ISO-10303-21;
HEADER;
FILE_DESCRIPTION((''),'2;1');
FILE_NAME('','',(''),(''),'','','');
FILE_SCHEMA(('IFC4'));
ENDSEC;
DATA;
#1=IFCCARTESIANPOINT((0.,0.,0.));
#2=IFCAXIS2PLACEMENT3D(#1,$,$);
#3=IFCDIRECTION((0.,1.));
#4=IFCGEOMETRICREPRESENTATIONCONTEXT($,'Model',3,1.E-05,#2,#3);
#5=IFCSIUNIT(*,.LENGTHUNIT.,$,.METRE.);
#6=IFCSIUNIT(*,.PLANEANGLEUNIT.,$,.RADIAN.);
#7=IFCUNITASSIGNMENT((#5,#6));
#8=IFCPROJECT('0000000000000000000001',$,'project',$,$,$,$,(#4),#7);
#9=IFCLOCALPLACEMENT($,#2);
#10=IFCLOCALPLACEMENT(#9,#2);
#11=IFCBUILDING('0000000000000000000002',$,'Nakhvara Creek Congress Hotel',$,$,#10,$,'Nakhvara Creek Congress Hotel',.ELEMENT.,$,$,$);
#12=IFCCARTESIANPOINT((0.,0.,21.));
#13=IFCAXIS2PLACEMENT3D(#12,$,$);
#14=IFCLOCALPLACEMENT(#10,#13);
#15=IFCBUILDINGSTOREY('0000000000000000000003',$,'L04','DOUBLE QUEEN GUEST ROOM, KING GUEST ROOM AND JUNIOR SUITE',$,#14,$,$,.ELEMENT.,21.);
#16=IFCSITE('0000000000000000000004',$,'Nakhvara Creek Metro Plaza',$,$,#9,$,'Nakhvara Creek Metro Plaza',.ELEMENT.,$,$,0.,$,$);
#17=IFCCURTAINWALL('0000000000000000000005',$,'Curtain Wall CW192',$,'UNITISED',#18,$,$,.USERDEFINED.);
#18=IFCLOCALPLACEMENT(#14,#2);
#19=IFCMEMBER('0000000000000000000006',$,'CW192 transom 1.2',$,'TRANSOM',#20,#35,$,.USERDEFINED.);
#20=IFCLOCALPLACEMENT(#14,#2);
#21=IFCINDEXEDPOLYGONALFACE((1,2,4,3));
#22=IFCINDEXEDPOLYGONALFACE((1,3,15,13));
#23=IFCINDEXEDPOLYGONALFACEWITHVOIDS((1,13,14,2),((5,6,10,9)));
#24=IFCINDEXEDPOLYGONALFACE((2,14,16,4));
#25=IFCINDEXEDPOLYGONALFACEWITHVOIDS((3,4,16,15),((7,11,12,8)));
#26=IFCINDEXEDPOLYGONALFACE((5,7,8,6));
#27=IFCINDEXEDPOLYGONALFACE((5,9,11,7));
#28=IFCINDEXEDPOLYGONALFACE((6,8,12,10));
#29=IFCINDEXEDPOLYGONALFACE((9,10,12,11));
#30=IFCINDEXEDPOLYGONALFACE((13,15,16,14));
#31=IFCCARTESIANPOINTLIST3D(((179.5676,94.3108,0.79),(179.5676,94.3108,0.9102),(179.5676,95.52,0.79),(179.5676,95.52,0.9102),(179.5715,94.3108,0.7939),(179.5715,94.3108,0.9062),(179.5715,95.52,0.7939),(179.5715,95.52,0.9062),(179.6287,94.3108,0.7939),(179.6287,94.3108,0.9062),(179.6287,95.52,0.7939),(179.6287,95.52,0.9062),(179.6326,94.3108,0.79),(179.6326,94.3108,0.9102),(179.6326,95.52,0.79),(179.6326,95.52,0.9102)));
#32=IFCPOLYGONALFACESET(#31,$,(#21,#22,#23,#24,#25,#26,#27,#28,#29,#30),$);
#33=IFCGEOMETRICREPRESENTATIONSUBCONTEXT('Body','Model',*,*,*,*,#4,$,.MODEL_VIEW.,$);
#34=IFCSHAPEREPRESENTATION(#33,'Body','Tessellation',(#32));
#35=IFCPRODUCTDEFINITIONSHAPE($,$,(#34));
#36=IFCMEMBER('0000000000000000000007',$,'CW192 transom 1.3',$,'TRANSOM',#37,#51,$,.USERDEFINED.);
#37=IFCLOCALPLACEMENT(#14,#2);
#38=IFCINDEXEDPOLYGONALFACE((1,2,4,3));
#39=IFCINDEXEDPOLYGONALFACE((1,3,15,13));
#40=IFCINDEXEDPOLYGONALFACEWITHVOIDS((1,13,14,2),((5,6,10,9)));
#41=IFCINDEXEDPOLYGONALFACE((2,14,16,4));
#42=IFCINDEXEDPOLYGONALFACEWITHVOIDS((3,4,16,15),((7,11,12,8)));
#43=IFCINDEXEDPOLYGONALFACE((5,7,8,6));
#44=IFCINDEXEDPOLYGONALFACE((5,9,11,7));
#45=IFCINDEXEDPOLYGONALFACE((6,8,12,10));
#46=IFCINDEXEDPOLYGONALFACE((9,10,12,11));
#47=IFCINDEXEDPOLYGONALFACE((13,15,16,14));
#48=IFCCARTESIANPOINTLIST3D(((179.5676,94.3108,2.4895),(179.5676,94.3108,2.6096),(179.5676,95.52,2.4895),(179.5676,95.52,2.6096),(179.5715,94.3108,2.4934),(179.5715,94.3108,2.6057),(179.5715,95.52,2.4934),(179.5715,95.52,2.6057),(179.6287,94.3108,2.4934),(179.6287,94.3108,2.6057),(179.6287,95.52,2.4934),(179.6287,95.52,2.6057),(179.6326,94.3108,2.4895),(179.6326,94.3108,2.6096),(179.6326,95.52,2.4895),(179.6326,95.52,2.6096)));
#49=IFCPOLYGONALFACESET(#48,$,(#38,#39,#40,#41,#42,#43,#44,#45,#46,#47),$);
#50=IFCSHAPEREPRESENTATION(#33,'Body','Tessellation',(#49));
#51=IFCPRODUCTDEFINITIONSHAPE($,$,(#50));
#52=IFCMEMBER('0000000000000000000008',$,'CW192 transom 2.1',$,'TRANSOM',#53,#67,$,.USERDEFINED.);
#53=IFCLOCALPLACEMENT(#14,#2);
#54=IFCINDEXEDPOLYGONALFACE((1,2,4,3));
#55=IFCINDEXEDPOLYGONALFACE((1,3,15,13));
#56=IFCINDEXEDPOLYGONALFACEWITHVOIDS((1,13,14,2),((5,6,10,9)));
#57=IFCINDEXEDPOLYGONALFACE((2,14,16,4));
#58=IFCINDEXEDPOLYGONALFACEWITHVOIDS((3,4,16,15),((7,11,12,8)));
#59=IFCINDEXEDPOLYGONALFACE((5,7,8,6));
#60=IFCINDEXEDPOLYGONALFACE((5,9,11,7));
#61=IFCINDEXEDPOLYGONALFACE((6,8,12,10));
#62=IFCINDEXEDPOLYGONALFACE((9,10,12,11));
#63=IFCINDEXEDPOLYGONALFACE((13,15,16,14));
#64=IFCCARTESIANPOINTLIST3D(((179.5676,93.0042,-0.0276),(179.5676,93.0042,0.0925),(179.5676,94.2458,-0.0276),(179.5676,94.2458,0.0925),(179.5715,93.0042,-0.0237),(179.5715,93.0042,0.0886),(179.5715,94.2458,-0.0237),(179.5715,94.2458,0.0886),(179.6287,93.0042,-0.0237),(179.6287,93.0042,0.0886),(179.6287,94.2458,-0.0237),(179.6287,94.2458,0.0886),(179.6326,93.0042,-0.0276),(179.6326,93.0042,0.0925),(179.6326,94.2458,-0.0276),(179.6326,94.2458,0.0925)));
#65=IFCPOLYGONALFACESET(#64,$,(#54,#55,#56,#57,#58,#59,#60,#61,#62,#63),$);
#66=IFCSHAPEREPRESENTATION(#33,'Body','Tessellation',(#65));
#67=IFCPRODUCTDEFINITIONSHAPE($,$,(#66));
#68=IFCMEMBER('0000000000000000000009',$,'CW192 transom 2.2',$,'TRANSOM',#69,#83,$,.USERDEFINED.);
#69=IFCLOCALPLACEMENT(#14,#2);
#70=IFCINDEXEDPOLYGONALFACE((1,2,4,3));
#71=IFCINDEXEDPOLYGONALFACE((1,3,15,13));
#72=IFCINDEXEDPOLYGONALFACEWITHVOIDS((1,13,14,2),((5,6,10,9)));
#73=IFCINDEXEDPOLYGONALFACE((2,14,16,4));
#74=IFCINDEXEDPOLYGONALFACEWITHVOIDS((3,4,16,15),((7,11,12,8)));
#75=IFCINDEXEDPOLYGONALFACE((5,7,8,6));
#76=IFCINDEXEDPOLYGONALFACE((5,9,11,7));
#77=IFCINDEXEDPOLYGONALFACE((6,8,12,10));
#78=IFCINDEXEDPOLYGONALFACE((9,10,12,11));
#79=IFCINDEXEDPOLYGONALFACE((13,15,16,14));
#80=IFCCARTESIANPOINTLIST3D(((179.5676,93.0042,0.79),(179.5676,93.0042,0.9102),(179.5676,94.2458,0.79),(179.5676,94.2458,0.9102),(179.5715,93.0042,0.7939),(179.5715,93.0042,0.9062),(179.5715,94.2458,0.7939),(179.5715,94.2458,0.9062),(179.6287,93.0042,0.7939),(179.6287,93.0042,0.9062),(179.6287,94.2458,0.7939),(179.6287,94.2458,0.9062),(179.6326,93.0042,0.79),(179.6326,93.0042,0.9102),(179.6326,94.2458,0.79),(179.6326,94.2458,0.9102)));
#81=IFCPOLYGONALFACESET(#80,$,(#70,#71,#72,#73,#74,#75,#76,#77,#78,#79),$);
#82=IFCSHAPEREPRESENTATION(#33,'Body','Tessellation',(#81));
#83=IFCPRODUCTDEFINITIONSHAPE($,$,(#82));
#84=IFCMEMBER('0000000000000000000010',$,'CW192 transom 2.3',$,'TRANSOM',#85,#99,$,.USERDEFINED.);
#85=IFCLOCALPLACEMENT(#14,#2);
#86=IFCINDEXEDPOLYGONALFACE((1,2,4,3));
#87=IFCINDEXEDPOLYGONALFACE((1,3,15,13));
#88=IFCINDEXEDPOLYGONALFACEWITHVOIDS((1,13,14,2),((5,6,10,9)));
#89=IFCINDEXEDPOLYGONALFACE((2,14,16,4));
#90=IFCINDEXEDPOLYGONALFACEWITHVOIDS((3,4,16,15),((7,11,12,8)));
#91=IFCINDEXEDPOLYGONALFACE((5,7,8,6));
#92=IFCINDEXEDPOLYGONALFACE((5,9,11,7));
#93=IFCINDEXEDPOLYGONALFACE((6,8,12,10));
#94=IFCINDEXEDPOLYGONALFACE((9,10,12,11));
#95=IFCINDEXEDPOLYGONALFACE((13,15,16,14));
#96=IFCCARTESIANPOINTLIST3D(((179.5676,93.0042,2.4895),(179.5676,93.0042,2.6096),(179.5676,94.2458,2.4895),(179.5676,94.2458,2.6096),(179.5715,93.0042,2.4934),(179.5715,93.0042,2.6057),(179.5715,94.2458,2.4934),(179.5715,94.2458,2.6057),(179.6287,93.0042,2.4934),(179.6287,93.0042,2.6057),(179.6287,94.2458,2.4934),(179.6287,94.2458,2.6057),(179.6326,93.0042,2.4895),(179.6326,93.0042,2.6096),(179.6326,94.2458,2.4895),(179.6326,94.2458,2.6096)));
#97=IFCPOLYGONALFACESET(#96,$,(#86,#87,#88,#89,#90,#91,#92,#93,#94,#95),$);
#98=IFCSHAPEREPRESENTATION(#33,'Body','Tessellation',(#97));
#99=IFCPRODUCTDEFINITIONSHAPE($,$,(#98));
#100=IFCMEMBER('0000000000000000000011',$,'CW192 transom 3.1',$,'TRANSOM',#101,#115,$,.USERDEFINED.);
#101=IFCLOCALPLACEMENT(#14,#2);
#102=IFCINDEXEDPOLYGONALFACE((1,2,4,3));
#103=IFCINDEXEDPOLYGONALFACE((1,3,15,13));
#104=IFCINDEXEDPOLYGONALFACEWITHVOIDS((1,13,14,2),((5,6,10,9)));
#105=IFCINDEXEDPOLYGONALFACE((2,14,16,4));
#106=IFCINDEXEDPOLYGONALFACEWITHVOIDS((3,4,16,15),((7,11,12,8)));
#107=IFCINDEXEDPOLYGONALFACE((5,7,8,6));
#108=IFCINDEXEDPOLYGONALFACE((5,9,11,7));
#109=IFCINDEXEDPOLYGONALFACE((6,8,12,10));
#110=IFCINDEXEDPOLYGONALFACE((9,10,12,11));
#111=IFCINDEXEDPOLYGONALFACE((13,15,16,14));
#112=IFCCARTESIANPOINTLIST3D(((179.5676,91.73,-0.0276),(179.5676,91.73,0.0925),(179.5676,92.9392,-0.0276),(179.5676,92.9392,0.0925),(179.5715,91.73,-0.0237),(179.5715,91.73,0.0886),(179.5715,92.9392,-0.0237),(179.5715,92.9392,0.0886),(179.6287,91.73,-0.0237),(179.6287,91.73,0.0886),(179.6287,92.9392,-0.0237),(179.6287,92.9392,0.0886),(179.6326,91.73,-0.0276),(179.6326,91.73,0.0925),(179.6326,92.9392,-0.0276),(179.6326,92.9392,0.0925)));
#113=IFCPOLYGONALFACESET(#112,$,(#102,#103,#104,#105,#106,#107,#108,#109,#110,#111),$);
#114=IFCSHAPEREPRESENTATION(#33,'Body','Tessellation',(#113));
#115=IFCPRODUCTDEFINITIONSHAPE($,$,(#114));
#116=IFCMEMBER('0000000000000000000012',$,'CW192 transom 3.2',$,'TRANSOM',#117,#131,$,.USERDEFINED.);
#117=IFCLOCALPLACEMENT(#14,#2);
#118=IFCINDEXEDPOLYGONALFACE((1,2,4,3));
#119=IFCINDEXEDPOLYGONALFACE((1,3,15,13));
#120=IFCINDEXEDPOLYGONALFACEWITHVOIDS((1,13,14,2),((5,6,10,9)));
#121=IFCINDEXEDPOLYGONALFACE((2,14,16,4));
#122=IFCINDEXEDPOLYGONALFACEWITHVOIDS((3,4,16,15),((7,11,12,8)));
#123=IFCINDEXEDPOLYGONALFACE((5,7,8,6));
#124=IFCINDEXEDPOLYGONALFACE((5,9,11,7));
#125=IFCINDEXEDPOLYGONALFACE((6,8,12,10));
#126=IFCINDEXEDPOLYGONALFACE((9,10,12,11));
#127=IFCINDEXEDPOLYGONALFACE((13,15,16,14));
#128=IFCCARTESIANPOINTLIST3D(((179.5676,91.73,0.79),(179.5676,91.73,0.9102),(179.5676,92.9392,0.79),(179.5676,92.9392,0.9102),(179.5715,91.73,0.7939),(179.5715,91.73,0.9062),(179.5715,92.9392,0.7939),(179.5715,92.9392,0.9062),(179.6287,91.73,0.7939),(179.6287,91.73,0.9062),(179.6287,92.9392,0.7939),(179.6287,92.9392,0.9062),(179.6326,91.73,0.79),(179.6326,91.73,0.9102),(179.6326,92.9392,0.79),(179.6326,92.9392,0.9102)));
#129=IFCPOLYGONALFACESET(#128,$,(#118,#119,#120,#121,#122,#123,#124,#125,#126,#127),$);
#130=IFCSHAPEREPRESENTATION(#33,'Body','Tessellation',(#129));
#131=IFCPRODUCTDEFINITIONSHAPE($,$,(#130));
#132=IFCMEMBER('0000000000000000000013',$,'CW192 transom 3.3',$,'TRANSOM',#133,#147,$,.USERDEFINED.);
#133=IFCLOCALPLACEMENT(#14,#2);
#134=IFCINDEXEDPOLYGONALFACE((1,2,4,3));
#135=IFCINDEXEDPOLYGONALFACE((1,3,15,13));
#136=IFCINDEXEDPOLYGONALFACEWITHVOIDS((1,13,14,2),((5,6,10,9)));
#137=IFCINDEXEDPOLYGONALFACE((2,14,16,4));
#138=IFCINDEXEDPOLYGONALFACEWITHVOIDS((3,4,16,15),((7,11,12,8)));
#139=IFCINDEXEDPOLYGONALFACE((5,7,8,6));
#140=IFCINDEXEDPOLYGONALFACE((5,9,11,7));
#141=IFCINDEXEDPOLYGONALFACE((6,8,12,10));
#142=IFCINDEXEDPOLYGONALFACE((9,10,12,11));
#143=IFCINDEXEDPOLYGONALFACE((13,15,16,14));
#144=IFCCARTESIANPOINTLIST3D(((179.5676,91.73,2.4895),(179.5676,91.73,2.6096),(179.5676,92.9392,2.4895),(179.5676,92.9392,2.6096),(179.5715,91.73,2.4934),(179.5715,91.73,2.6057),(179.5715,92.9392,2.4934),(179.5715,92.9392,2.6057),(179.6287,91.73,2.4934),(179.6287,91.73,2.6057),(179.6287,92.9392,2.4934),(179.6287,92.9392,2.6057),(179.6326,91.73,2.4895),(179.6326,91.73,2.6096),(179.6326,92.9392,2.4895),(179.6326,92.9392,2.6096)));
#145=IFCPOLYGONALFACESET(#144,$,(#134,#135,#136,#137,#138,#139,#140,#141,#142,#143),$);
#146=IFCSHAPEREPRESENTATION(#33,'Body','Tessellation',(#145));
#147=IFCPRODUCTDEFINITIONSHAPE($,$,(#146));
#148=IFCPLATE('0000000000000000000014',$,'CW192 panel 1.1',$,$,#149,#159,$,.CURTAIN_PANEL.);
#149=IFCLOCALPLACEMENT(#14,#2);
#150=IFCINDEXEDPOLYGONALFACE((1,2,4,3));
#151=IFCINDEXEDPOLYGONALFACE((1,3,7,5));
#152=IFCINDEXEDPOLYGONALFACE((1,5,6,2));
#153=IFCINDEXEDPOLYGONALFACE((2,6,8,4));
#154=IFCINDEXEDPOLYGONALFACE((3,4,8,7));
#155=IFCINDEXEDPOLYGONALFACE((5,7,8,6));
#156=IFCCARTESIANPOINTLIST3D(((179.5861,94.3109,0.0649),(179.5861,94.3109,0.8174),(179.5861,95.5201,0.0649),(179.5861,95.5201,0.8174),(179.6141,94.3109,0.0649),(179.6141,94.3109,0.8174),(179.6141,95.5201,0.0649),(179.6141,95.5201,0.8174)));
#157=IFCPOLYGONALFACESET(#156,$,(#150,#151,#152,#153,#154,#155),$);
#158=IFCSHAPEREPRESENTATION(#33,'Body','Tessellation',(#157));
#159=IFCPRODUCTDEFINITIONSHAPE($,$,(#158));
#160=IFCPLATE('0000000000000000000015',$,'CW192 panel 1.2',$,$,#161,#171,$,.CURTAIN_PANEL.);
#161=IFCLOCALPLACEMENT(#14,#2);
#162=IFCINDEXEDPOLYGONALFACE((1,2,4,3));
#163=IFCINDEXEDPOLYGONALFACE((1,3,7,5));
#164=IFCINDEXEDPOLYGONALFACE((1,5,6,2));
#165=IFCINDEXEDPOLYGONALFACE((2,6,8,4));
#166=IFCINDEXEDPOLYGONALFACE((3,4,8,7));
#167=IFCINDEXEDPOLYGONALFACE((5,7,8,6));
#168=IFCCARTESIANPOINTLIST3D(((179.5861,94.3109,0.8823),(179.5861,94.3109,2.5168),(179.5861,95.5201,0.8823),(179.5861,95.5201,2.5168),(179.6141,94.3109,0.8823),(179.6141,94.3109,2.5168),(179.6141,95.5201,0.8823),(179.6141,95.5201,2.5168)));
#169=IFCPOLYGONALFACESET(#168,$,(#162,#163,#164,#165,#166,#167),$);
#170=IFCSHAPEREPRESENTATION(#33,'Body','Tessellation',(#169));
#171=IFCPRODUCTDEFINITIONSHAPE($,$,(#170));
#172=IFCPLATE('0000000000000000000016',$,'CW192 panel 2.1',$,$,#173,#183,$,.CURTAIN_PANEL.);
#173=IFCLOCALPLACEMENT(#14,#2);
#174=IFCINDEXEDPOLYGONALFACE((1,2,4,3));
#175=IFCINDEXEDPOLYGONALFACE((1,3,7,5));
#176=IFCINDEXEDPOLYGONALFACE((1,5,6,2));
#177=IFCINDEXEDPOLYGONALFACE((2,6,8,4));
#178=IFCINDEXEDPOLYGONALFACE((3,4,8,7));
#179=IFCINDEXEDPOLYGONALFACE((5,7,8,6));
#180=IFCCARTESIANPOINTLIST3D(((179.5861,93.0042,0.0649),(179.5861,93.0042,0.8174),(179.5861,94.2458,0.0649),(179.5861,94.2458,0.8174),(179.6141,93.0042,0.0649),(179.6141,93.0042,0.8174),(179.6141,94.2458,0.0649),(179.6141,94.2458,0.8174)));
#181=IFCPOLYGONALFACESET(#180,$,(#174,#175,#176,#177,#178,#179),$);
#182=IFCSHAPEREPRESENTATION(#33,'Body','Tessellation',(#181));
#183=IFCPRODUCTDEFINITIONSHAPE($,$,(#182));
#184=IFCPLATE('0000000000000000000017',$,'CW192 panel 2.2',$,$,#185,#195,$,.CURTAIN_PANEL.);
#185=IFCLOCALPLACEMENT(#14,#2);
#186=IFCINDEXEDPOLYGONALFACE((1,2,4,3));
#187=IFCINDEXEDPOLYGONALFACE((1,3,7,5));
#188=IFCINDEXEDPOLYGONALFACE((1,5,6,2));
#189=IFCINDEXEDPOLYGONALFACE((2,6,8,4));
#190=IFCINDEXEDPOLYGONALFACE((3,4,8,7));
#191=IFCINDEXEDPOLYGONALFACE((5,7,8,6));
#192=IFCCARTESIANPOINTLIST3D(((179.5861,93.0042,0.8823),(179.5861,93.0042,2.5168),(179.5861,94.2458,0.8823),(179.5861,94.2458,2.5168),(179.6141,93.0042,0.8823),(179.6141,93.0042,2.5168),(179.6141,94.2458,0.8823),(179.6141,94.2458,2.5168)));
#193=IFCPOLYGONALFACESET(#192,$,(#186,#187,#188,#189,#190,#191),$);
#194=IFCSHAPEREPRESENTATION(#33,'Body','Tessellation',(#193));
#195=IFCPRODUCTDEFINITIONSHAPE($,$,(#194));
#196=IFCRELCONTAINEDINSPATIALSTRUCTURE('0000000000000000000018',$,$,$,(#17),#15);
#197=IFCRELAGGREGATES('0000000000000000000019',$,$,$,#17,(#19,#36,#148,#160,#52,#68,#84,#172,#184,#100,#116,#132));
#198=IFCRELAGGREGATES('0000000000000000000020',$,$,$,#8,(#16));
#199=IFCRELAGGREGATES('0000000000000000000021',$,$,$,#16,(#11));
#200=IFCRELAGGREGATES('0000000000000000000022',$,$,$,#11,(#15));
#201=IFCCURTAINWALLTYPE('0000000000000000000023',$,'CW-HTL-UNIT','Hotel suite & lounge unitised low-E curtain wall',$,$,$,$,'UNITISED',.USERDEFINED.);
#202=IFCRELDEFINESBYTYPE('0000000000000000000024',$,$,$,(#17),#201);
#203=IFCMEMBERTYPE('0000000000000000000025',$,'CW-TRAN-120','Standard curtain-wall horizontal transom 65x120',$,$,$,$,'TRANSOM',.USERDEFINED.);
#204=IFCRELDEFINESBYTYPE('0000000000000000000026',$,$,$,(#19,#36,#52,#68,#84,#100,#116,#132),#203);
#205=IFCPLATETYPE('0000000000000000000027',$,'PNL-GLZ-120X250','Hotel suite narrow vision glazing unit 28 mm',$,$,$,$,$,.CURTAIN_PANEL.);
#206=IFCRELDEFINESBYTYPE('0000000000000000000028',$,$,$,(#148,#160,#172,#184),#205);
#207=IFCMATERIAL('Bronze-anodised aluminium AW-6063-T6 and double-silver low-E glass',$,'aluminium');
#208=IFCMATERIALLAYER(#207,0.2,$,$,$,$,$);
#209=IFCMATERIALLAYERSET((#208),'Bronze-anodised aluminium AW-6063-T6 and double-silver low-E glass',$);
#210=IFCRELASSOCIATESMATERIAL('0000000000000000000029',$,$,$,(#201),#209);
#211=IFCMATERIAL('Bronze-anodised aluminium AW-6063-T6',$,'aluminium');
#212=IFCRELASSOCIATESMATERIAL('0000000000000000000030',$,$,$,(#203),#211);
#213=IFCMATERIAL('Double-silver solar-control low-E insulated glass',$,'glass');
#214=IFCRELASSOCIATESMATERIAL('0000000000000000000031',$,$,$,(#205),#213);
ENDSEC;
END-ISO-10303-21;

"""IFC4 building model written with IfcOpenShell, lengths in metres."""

from ifc_helpers import new_model, si_unit, direction, frame, origin, origin_2d, place, context, subcontext, project, spatial, rectangle, hollow_rectangle, extrude, material, layer, layer_set, material_profile, profile_set, type_object, element, aggregate, save


model = new_model("IFC4")

# Units and contexts
model_context = context("Model", 3, precision=1e-05, world=origin(), true_north=direction((0.0, 1.0)))
body_context = subcontext(model_context, "Body", "Model", "MODEL_VIEW")
ifc_project = project(units=[si_unit("LENGTHUNIT", "METRE"), si_unit("PLANEANGLEUNIT", "RADIAN")], contexts=[model_context])

# Site, building, storey
site_placement = place(None, origin())
site = spatial("IfcSite", under=ifc_project, at=site_placement, Name="Nakhvara Creek Metro Plaza", LongName="Nakhvara Creek Metro Plaza", CompositionType="ELEMENT", RefElevation=0.0)
building_placement = place(site_placement, origin())
building = spatial("IfcBuilding", under=site, at=building_placement, Name="Nakhvara Creek Congress Hotel", LongName="Nakhvara Creek Congress Hotel", CompositionType="ELEMENT")
storey_placement = place(building_placement, frame((0.0, 0.0, 21.0)))
storey = spatial("IfcBuildingStorey", under=building, at=storey_placement, Name="L04", Description="DOUBLE QUEEN GUEST ROOM, KING GUEST ROOM AND JUNIOR SUITE", CompositionType="ELEMENT", Elevation=21.0)

# Shared definitions
ifc_material_1 = material(Name="Bronze-anodised aluminium AW-6063-T6 and double-silver low-E glass", Category="aluminium")
ifc_layer_1 = layer(ifc_material_1, 0.2)
ifc_layer_set_1 = layer_set([ifc_layer_1], Name="Bronze-anodised aluminium AW-6063-T6 and double-silver low-E glass")
curtain_wall_type = type_object("IfcCurtainWallType", Name="CW-HTL-UNIT", Description="Hotel suite & lounge unitised low-E curtain wall", ElementType="UNITISED", PredefinedType="USERDEFINED", material=ifc_layer_set_1)
ifc_material_2 = material(Name="Bronze-anodised aluminium AW-6063-T6", Category="aluminium")

# Curtain wall
curtain_wall_1_placement = place(storey_placement, origin())
curtain_wall_1 = element("IfcCurtainWall", 1, at=curtain_wall_1_placement, inside=storey, type_object=curtain_wall_type, Name="Curtain Wall CW192", ObjectType="UNITISED", PredefinedType="USERDEFINED")

# Members
ifc_material_profile_1 = material_profile(ifc_material_2, hollow_rectangle(XDim=0.0649, YDim=0.1201, WallThickness=0.0039, at=origin_2d()), Name="ALU-TRAN 65x120x4", Category="LoadBearing")
ifc_profile_set_1 = profile_set([ifc_material_profile_1], Name="Bronze-anodised aluminium AW-6063-T6")
member_type_1 = type_object("IfcMemberType", Name="CW-TRAN-120", Description="Standard curtain-wall horizontal transom 65x120", ElementType="TRANSOM", PredefinedType="USERDEFINED", material=ifc_profile_set_1)
member_1_placement = place(storey_placement, frame((179.6001, 95.52, 0.8501), z_axis=(0.0, -1.0, 0.0), x_axis=(1.0, 0.0, 0.0)))
member_1 = element("IfcMember", 2, at=member_1_placement, type_object=member_type_1, Name="CW192 transom 1.2", ObjectType="TRANSOM", PredefinedType="USERDEFINED", context=body_context, shape_type="SweptSolid", body=[
    extrude(hollow_rectangle(XDim=0.0649, YDim=0.1201, WallThickness=0.0039, at=origin_2d()), origin(), (0.0, 0.0, 1.0), 1.2092),
])
member_2_placement = place(storey_placement, frame((179.6001, 95.52, 2.5496), z_axis=(0.0, -1.0, 0.0), x_axis=(1.0, 0.0, 0.0)))
member_2 = element("IfcMember", 3, at=member_2_placement, type_object=member_type_1, Name="CW192 transom 1.3", ObjectType="TRANSOM", PredefinedType="USERDEFINED", context=body_context, shape_type="SweptSolid", body=[
    extrude(hollow_rectangle(XDim=0.0649, YDim=0.1201, WallThickness=0.0039, at=origin_2d()), origin(), (0.0, 0.0, 1.0), 1.2092),
])
member_3_placement = place(storey_placement, frame((179.6001, 94.2458, 0.0325), z_axis=(0.0, -1.0, 0.0), x_axis=(1.0, 0.0, 0.0)))
member_3 = element("IfcMember", 4, at=member_3_placement, type_object=member_type_1, Name="CW192 transom 2.1", ObjectType="TRANSOM", PredefinedType="USERDEFINED", context=body_context, shape_type="SweptSolid", body=[
    extrude(hollow_rectangle(XDim=0.0649, YDim=0.1201, WallThickness=0.0039, at=origin_2d()), origin(), (0.0, 0.0, 1.0), 1.2417),
])
member_4_placement = place(storey_placement, frame((179.6001, 94.2458, 0.8501), z_axis=(0.0, -1.0, 0.0), x_axis=(1.0, 0.0, 0.0)))
member_4 = element("IfcMember", 5, at=member_4_placement, type_object=member_type_1, Name="CW192 transom 2.2", ObjectType="TRANSOM", PredefinedType="USERDEFINED", context=body_context, shape_type="SweptSolid", body=[
    extrude(hollow_rectangle(XDim=0.0649, YDim=0.1201, WallThickness=0.0039, at=origin_2d()), origin(), (0.0, 0.0, 1.0), 1.2417),
])
member_5_placement = place(storey_placement, frame((179.6001, 94.2458, 2.5496), z_axis=(0.0, -1.0, 0.0), x_axis=(1.0, 0.0, 0.0)))
member_5 = element("IfcMember", 6, at=member_5_placement, type_object=member_type_1, Name="CW192 transom 2.3", ObjectType="TRANSOM", PredefinedType="USERDEFINED", context=body_context, shape_type="SweptSolid", body=[
    extrude(hollow_rectangle(XDim=0.0649, YDim=0.1201, WallThickness=0.0039, at=origin_2d()), origin(), (0.0, 0.0, 1.0), 1.2417),
])
member_6_placement = place(storey_placement, frame((179.6001, 92.9392, 0.0325), z_axis=(0.0, -1.0, 0.0), x_axis=(1.0, 0.0, 0.0)))
member_6 = element("IfcMember", 7, at=member_6_placement, type_object=member_type_1, Name="CW192 transom 3.1", ObjectType="TRANSOM", PredefinedType="USERDEFINED", context=body_context, shape_type="SweptSolid", body=[
    extrude(hollow_rectangle(XDim=0.0649, YDim=0.1201, WallThickness=0.0039, at=origin_2d()), origin(), (0.0, 0.0, 1.0), 1.2092),
])
member_7_placement = place(storey_placement, frame((179.6001, 92.9392, 0.8501), z_axis=(0.0, -1.0, 0.0), x_axis=(1.0, 0.0, 0.0)))
member_7 = element("IfcMember", 8, at=member_7_placement, type_object=member_type_1, Name="CW192 transom 3.2", ObjectType="TRANSOM", PredefinedType="USERDEFINED", context=body_context, shape_type="SweptSolid", body=[
    extrude(hollow_rectangle(XDim=0.0649, YDim=0.1201, WallThickness=0.0039, at=origin_2d()), origin(), (0.0, 0.0, 1.0), 1.2092),
])
member_8_placement = place(storey_placement, frame((179.6001, 92.9392, 2.5496), z_axis=(0.0, -1.0, 0.0), x_axis=(1.0, 0.0, 0.0)))
member_8 = element("IfcMember", 9, at=member_8_placement, type_object=member_type_1, Name="CW192 transom 3.3", ObjectType="TRANSOM", PredefinedType="USERDEFINED", context=body_context, shape_type="SweptSolid", body=[
    extrude(hollow_rectangle(XDim=0.0649, YDim=0.1201, WallThickness=0.0039, at=origin_2d()), origin(), (0.0, 0.0, 1.0), 1.2092),
])

# Plates
ifc_material_3 = material(Name="Double-silver solar-control low-E insulated glass", Category="glass")
plate_type = type_object("IfcPlateType", Name="PNL-GLZ-120X250", Description="Hotel suite narrow vision glazing unit 28 mm", PredefinedType="CURTAIN_PANEL", material=ifc_material_3)
plate_1_placement = place(storey_placement, frame((179.6001, 94.9155, 0.0649), z_axis=(0.0, 0.0, 1.0), x_axis=(0.0, -1.0, 0.0)))
plate_1 = element("IfcPlate", 10, at=plate_1_placement, type_object=plate_type, Name="CW192 panel 1.1", PredefinedType="CURTAIN_PANEL", context=body_context, shape_type="SweptSolid", body=[
    extrude(rectangle(XDim=1.2092, YDim=0.0281, at=origin_2d()), origin(), (0.0, 0.0, 1.0), 0.7524),
])
plate_2_placement = place(storey_placement, frame((179.6001, 94.9155, 0.8823), z_axis=(0.0, 0.0, 1.0), x_axis=(0.0, -1.0, 0.0)))
plate_2 = element("IfcPlate", 11, at=plate_2_placement, type_object=plate_type, Name="CW192 panel 1.2", PredefinedType="CURTAIN_PANEL", context=body_context, shape_type="SweptSolid", body=[
    extrude(rectangle(XDim=1.2092, YDim=0.0281, at=origin_2d()), origin(), (0.0, 0.0, 1.0), 1.6345),
])
plate_3_placement = place(storey_placement, frame((179.6001, 93.625, 0.0649), z_axis=(0.0, 0.0, 1.0), x_axis=(0.0, -1.0, 0.0)))
plate_3 = element("IfcPlate", 12, at=plate_3_placement, type_object=plate_type, Name="CW192 panel 2.1", PredefinedType="CURTAIN_PANEL", context=body_context, shape_type="SweptSolid", body=[
    extrude(rectangle(XDim=1.2417, YDim=0.0281, at=origin_2d()), origin(), (0.0, 0.0, 1.0), 0.7524),
])
plate_4_placement = place(storey_placement, frame((179.6001, 93.625, 0.8823), z_axis=(0.0, 0.0, 1.0), x_axis=(0.0, -1.0, 0.0)))
plate_4 = element("IfcPlate", 13, at=plate_4_placement, type_object=plate_type, Name="CW192 panel 2.2", PredefinedType="CURTAIN_PANEL", context=body_context, shape_type="SweptSolid", body=[
    extrude(rectangle(XDim=1.2417, YDim=0.0281, at=origin_2d()), origin(), (0.0, 0.0, 1.0), 1.6345),
])
aggregate(curtain_wall_1, [member_1, member_2, plate_1, plate_2, member_3, member_4, member_5, plate_3, plate_4, member_6, member_7, member_8])

save(model, "model.ifc")
